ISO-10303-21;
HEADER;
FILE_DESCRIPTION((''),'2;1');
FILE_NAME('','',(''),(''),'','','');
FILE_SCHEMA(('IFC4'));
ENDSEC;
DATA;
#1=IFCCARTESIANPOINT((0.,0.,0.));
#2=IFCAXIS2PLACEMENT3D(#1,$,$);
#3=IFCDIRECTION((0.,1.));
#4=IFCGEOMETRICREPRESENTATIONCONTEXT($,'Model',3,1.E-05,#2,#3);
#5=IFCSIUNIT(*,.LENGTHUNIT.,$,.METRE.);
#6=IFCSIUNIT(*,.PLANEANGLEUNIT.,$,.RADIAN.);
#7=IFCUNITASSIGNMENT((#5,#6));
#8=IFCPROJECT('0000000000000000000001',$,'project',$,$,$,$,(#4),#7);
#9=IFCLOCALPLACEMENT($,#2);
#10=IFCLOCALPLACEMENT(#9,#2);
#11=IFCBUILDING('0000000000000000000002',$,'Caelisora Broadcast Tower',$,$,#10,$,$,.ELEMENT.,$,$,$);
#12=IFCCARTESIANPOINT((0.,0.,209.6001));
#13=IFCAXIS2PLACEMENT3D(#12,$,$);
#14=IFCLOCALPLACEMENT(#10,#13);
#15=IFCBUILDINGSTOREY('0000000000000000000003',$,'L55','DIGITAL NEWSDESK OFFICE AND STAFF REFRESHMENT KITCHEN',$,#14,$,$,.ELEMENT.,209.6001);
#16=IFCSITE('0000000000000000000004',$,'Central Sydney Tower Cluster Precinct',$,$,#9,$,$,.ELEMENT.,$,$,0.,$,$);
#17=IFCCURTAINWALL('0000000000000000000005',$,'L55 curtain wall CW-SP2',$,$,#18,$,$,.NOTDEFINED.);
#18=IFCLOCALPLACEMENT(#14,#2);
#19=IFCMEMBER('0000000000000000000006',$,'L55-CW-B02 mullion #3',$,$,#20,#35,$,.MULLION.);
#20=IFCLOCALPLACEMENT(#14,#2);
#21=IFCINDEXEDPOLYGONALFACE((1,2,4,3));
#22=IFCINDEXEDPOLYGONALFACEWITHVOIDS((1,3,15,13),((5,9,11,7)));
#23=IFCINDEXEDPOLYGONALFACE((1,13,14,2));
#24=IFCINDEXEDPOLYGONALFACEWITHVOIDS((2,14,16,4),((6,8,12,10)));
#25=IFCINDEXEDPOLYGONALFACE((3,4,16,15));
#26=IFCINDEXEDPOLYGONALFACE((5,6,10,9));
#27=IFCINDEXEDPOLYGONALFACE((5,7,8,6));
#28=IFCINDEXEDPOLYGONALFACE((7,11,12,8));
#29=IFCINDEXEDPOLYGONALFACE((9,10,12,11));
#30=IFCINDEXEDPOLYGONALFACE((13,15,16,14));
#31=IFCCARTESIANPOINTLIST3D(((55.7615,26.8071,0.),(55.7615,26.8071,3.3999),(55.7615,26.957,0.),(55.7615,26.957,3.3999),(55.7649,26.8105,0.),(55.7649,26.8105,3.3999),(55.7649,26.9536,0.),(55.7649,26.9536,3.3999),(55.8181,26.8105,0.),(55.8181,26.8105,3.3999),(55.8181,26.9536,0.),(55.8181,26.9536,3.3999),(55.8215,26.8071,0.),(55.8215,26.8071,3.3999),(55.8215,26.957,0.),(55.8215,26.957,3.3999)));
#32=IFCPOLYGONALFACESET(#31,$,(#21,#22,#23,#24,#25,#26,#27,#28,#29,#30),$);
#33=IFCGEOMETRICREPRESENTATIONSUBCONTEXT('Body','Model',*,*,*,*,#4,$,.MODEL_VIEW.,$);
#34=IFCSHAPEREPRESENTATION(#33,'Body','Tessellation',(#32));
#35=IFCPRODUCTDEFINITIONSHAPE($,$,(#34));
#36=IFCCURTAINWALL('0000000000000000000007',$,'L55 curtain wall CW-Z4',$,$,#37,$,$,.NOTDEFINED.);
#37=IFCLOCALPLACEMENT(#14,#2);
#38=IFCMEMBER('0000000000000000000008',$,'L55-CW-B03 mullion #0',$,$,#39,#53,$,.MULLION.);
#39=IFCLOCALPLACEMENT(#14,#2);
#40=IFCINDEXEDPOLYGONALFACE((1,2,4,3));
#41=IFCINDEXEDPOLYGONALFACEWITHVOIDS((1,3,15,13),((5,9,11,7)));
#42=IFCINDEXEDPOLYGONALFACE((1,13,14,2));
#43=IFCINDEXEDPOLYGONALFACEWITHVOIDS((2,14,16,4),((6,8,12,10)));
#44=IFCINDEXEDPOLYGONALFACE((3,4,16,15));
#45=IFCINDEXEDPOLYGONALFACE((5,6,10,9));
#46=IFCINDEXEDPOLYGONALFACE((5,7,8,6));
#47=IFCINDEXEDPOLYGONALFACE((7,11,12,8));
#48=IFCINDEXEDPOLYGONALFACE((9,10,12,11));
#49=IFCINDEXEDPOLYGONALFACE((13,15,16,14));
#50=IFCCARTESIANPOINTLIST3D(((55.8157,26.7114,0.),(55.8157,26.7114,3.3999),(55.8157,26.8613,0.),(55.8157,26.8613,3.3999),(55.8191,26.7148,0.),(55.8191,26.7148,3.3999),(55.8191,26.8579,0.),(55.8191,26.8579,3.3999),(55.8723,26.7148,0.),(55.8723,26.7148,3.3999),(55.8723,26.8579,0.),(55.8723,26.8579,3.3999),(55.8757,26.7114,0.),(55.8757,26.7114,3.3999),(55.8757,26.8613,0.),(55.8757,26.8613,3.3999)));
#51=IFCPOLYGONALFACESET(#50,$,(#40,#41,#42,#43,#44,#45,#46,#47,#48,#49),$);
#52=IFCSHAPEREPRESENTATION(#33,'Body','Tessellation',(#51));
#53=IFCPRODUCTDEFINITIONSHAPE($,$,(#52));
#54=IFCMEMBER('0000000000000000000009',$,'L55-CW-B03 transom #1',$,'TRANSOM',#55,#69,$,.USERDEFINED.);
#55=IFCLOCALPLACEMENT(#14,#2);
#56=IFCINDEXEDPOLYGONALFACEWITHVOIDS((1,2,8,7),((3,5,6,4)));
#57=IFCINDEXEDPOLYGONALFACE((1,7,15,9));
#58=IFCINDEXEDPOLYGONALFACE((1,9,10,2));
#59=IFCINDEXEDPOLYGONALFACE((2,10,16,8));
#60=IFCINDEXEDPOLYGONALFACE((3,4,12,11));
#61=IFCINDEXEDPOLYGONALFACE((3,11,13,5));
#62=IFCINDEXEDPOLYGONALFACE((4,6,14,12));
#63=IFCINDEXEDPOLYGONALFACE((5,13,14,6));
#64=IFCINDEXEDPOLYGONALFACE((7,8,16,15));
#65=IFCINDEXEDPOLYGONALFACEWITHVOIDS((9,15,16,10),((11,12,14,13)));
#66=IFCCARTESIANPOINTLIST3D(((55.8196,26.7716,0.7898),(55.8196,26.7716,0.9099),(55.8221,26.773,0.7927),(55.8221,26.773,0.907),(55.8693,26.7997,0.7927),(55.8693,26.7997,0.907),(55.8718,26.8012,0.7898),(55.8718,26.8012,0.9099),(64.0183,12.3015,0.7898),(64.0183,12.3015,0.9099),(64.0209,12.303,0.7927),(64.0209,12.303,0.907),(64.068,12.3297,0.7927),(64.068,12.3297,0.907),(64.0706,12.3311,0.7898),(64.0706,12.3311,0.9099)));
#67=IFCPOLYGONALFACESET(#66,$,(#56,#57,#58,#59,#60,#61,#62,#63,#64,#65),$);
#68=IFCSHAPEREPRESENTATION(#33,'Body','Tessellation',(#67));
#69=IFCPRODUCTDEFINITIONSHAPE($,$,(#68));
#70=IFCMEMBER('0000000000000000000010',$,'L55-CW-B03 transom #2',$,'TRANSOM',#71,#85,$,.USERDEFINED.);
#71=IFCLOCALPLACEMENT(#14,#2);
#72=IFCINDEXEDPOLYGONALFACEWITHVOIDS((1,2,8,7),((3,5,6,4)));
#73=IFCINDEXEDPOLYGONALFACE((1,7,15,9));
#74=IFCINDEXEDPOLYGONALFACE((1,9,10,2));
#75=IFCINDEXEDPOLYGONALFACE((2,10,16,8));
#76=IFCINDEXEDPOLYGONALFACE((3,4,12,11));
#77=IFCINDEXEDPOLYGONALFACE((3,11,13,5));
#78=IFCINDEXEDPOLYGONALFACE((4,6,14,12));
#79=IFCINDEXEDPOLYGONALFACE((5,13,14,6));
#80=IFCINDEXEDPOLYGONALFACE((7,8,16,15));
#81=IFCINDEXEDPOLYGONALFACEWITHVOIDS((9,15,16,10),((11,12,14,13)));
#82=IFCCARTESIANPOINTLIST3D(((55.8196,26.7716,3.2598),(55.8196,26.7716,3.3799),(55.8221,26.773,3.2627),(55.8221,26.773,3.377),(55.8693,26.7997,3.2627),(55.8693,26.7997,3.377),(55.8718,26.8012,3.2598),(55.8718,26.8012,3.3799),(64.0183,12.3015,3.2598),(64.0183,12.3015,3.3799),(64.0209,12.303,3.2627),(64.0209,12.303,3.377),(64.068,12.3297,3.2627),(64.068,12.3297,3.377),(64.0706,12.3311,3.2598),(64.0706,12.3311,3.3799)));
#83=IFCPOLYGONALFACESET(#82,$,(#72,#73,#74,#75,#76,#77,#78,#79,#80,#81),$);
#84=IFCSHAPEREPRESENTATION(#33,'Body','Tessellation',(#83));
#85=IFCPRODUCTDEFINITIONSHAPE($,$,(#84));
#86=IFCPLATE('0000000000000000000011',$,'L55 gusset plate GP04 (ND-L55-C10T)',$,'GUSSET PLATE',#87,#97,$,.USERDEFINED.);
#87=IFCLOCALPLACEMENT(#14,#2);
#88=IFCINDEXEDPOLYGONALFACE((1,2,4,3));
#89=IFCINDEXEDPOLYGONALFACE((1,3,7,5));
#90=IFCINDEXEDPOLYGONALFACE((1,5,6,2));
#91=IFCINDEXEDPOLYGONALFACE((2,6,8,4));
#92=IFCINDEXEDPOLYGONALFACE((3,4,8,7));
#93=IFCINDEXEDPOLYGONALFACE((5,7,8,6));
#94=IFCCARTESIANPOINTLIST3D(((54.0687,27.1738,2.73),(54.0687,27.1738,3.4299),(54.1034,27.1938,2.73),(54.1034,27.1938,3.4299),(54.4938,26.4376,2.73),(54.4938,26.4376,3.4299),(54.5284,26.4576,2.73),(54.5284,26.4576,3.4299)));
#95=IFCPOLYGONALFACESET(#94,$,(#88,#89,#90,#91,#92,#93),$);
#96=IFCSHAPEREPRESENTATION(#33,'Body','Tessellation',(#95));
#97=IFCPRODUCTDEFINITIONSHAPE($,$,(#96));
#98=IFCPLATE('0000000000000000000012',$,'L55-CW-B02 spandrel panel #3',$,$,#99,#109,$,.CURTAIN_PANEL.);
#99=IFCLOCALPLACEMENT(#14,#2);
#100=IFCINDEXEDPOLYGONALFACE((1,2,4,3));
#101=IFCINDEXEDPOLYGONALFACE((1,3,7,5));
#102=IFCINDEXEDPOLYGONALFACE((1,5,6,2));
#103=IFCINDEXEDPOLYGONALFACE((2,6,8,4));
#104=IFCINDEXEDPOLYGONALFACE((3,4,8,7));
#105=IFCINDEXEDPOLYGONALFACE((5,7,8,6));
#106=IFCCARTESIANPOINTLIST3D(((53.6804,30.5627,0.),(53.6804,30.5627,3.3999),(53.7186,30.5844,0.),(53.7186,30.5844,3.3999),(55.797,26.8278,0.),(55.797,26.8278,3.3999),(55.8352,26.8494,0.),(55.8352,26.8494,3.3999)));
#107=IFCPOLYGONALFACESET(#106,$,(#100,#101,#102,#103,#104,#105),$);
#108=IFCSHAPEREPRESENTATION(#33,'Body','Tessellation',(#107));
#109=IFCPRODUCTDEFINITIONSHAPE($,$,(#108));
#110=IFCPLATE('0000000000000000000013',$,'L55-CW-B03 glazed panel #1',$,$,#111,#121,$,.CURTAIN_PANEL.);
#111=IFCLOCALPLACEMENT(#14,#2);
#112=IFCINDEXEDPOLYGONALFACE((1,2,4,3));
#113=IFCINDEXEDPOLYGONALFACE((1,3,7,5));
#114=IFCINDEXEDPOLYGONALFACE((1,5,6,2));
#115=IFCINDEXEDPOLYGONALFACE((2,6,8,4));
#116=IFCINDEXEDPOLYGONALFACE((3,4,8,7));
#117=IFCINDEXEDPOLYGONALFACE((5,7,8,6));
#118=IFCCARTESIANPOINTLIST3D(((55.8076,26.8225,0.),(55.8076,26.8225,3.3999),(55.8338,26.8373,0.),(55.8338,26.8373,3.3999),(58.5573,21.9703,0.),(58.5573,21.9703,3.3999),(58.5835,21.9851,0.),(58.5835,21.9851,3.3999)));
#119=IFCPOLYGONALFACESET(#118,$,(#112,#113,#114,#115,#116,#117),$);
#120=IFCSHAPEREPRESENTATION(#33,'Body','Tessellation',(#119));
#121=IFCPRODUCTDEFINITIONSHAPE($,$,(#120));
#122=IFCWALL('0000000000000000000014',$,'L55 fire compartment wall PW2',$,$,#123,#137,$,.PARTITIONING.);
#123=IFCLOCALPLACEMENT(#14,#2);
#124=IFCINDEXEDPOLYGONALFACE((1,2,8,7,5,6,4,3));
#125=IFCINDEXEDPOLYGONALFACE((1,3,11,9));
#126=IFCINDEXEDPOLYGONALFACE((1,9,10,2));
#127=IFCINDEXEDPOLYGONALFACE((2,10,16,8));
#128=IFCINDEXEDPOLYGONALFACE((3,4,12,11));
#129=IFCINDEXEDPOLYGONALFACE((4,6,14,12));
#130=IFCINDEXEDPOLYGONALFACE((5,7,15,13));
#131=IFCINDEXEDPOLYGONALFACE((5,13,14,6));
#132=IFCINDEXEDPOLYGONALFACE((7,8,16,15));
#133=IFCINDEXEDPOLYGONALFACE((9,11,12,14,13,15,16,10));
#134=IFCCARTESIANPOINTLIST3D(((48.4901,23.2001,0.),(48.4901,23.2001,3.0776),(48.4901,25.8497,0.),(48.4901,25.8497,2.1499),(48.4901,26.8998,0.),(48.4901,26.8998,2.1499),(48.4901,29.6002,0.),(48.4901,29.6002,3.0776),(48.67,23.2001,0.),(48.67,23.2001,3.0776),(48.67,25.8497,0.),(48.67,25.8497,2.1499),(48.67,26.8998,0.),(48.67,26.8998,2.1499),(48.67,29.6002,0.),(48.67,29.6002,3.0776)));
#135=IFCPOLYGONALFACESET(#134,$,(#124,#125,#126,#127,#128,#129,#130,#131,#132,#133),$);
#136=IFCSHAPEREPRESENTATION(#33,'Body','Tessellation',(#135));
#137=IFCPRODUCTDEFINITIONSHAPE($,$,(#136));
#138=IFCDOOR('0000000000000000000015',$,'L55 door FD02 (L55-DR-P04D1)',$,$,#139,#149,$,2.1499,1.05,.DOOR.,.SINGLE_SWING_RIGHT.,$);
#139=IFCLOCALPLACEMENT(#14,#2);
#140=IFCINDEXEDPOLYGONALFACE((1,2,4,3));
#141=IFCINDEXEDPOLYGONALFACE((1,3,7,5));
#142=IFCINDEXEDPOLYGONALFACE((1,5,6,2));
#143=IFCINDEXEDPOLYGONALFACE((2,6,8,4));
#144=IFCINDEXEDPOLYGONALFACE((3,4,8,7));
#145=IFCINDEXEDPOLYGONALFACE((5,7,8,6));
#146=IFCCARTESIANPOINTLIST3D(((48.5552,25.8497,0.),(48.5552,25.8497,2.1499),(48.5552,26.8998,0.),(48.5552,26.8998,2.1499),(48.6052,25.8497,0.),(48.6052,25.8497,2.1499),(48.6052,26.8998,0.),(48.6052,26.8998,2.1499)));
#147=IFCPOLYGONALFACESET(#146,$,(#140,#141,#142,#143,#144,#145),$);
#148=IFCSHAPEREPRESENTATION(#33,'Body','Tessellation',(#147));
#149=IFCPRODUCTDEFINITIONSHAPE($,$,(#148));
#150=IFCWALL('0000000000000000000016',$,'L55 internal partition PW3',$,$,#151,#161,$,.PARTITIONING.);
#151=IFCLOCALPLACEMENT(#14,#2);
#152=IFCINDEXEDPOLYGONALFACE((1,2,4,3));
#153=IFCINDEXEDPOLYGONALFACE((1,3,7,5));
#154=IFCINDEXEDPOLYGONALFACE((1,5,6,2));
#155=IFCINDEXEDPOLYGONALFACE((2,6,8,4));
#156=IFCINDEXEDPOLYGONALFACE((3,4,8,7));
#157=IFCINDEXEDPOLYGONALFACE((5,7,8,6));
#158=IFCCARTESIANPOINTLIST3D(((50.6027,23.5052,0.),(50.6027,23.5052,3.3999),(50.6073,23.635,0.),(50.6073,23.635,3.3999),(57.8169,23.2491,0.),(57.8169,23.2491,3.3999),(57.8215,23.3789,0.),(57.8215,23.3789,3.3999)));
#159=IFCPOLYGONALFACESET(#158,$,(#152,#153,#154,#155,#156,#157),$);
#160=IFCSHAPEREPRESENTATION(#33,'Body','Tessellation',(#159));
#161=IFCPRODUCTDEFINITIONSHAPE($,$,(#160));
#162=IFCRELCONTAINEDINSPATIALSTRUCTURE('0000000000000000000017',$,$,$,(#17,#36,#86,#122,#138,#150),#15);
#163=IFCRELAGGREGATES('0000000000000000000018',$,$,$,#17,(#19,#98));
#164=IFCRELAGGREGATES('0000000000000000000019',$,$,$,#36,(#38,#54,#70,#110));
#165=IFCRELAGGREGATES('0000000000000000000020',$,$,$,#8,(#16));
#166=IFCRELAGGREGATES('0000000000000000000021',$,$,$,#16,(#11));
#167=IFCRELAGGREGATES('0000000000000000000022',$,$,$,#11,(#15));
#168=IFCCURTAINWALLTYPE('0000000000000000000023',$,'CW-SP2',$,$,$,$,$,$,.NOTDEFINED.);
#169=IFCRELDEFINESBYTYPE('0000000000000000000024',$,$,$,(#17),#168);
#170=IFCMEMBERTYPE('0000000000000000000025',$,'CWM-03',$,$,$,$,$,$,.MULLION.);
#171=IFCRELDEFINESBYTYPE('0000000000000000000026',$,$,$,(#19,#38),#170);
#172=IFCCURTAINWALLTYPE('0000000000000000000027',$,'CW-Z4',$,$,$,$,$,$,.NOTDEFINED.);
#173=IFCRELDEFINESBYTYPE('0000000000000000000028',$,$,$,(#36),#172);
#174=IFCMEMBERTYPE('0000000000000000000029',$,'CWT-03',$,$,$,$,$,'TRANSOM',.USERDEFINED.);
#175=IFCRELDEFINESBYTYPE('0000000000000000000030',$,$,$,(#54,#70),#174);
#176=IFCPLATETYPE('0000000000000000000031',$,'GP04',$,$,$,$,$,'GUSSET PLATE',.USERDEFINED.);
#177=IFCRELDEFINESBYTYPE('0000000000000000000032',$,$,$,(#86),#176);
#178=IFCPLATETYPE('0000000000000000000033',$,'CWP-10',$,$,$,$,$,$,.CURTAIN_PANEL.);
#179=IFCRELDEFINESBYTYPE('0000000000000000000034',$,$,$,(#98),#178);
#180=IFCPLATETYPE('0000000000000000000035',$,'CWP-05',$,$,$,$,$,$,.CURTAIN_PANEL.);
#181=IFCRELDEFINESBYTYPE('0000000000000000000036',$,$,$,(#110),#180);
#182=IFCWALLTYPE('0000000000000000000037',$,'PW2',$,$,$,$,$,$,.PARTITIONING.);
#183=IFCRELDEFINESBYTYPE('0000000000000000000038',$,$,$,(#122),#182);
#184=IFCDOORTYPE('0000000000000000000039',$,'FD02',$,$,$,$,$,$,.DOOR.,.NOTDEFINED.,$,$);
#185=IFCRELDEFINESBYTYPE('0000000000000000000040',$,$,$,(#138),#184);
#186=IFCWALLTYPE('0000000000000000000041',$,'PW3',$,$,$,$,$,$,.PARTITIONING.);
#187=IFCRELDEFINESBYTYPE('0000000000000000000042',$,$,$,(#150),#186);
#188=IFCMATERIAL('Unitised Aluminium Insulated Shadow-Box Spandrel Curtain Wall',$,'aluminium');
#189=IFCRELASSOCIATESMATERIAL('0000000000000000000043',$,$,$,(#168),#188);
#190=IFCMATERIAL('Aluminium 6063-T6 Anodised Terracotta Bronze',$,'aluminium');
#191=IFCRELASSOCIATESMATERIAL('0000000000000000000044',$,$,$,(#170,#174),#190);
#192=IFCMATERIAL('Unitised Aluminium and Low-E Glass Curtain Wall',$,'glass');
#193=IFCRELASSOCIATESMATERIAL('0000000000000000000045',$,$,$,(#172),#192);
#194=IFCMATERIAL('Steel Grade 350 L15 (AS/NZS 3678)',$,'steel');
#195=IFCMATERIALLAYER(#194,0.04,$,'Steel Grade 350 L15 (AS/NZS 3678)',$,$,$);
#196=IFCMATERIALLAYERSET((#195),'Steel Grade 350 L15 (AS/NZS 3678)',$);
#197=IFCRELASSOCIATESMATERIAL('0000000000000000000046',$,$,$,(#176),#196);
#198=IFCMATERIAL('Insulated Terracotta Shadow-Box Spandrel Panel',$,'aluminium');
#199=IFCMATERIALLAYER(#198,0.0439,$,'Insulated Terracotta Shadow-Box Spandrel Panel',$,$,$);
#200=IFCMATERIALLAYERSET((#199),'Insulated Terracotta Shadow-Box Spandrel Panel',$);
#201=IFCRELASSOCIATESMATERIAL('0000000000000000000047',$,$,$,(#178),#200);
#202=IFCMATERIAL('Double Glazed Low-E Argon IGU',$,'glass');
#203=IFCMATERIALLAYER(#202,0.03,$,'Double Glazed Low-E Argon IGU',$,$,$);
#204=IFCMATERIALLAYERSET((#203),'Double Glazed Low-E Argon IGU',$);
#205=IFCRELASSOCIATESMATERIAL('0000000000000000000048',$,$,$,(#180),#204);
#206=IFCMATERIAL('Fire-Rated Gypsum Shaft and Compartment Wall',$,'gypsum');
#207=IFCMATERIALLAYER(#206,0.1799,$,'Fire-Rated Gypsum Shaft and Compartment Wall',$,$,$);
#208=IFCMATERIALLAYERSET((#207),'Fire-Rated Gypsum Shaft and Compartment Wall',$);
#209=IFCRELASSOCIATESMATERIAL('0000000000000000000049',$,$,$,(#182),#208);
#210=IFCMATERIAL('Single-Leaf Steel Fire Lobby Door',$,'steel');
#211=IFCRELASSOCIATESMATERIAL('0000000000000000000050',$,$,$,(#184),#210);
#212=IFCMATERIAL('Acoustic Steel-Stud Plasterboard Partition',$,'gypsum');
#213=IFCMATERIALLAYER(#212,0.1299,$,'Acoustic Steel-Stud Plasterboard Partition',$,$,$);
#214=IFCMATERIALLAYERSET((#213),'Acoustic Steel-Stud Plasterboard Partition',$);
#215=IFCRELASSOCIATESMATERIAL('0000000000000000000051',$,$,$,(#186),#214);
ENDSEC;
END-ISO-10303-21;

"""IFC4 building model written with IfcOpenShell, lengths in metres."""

from ifc_helpers import new_model, si_unit, direction, frame, frame_2d, origin, origin_2d, place, context, subcontext, project, spatial, rectangle, hollow_rectangle, extrude, source, transform, mapped, material, layer, layer_set, material_profile, profile_set, type_object, type_shapes, element, fill, aggregate, save


model = new_model("IFC4")

# Units and contexts
model_context = context("Model", 3, precision=1e-05, world=origin(), true_north=direction((0.0, 1.0)))
body_context = subcontext(model_context, "Body", "Model", "MODEL_VIEW")
ifc_project = project(units=[si_unit("LENGTHUNIT", "METRE"), si_unit("PLANEANGLEUNIT", "RADIAN")], contexts=[model_context])

# Site, building, storey
site_placement = place(None, origin())
site = spatial("IfcSite", under=ifc_project, at=site_placement, Name="Central Sydney Tower Cluster Precinct", CompositionType="ELEMENT", RefElevation=0.0)
building_placement = place(site_placement, origin())
building = spatial("IfcBuilding", under=site, at=building_placement, Name="Caelisora Broadcast Tower", CompositionType="ELEMENT")
storey_placement = place(building_placement, frame((0.0, 0.0, 209.6001)))
storey = spatial("IfcBuildingStorey", under=building, at=storey_placement, Name="L55", Description="DIGITAL NEWSDESK OFFICE AND STAFF REFRESHMENT KITCHEN", CompositionType="ELEMENT", Elevation=209.6001)

# Shared definitions
ifc_material_1 = material(Name="Steel Grade 350 L15 (AS/NZS 3678)", Category="steel")

# Curtain walls, members
ifc_material_2 = material(Name="Unitised Aluminium Insulated Shadow-Box Spandrel Curtain Wall", Category="aluminium")
curtain_wall_type_1 = type_object("IfcCurtainWallType", Name="CW-SP2", PredefinedType="NOTDEFINED", material=ifc_material_2)
curtain_wall_1_placement = place(storey_placement, origin())
curtain_wall_1 = element("IfcCurtainWall", 1, at=curtain_wall_1_placement, inside=storey, type_object=curtain_wall_type_1, Name="L55 curtain wall CW-SP2", PredefinedType="NOTDEFINED")
ifc_material_3 = material(Name="Aluminium 6063-T6 Anodised Terracotta Bronze", Category="aluminium")
ifc_material_profile_1 = material_profile(ifc_material_3, hollow_rectangle(XDim=0.0601, YDim=0.1499, WallThickness=0.0034, at=origin_2d()), Name="Aluminium 6063-T6 Anodised Terracotta Bronze")
ifc_profile_set_1 = profile_set([ifc_material_profile_1], Name="Aluminium 6063-T6 Anodised Terracotta Bronze")
member_type_1 = type_object("IfcMemberType", Name="CWM-03", PredefinedType="MULLION", material=ifc_profile_set_1)
shared_shape_1 = source(origin(), body_context, "Body", "SweptSolid", [
    extrude(hollow_rectangle(XDim=0.0601, YDim=0.1499, WallThickness=0.0034, at=origin_2d()), origin(), (0.0, 0.0, 1.0), 3.3999),
])
type_shapes(member_type_1, [shared_shape_1])
member_1_placement = place(storey_placement, frame((55.7915, 26.8821, 0.0), z_axis=(0.0, 0.0, 1.0), x_axis=(1.0, 0.0, 0.0)))
member_1 = element("IfcMember", 2, at=member_1_placement, type_object=member_type_1, Name="L55-CW-B02 mullion #3", PredefinedType="MULLION", context=body_context, shape_type="MappedRepresentation", body=[
    mapped(shared_shape_1, transform((0.0, 0.0, 0.0), scale=1.0)),
])
ifc_material_4 = material(Name="Unitised Aluminium and Low-E Glass Curtain Wall", Category="glass")
curtain_wall_type_2 = type_object("IfcCurtainWallType", Name="CW-Z4", PredefinedType="NOTDEFINED", material=ifc_material_4)
curtain_wall_2_placement = place(storey_placement, origin())
curtain_wall_2 = element("IfcCurtainWall", 3, at=curtain_wall_2_placement, inside=storey, type_object=curtain_wall_type_2, Name="L55 curtain wall CW-Z4", PredefinedType="NOTDEFINED")
member_2_placement = place(storey_placement, frame((55.8457, 26.7864, 0.0), z_axis=(0.0, 0.0, 1.0), x_axis=(1.0, 0.0, 0.0)))
member_2 = element("IfcMember", 4, at=member_2_placement, type_object=member_type_1, Name="L55-CW-B03 mullion #0", PredefinedType="MULLION", context=body_context, shape_type="MappedRepresentation", body=[
    mapped(shared_shape_1, transform((0.0, 0.0, 0.0), scale=1.0)),
])
ifc_material_profile_2 = material_profile(ifc_material_3, hollow_rectangle(XDim=0.0601, YDim=0.1201, WallThickness=0.0029, at=origin_2d()), Name="Aluminium 6063-T6 Anodised Terracotta Bronze")
ifc_profile_set_2 = profile_set([ifc_material_profile_2], Name="Aluminium 6063-T6 Anodised Terracotta Bronze")
member_type_2 = type_object("IfcMemberType", Name="CWT-03", ElementType="TRANSOM", PredefinedType="USERDEFINED", material=ifc_profile_set_2)
shared_shape_2 = source(origin(), body_context, "Body", "SweptSolid", [
    extrude(hollow_rectangle(XDim=0.0601, YDim=0.1201, WallThickness=0.0029, at=origin_2d()), origin(), (0.0, 0.0, 1.0), 16.6313),
])
type_shapes(member_type_2, [shared_shape_2])
member_3_placement = place(storey_placement, frame((55.8457, 26.7864, 0.8499), z_axis=(0.492971, -0.870046, 0.0), x_axis=(0.870046, 0.492971, 0.0)))
member_3 = element("IfcMember", 5, at=member_3_placement, type_object=member_type_2, Name="L55-CW-B03 transom #1", ObjectType="TRANSOM", PredefinedType="USERDEFINED", context=body_context, shape_type="MappedRepresentation", body=[
    mapped(shared_shape_2, transform((0.0, 0.0, 0.0), scale=1.0)),
])
member_4_placement = place(storey_placement, frame((55.8457, 26.7864, 3.3198), z_axis=(0.492971, -0.870046, 0.0), x_axis=(0.870046, 0.492971, 0.0)))
member_4 = element("IfcMember", 6, at=member_4_placement, type_object=member_type_2, Name="L55-CW-B03 transom #2", ObjectType="TRANSOM", PredefinedType="USERDEFINED", context=body_context, shape_type="MappedRepresentation", body=[
    mapped(shared_shape_2, transform((0.0, 0.0, 0.0), scale=1.0)),
])

# Plates
ifc_layer_1 = layer(ifc_material_1, 0.04, Name="Steel Grade 350 L15 (AS/NZS 3678)")
ifc_layer_set_1 = layer_set([ifc_layer_1], Name="Steel Grade 350 L15 (AS/NZS 3678)")
plate_type_1 = type_object("IfcPlateType", Name="GP04", ElementType="GUSSET PLATE", PredefinedType="USERDEFINED", material=ifc_layer_set_1)
shared_shape_3 = source(origin(), body_context, "Body", "SweptSolid", [
    extrude(rectangle(XDim=0.8501, YDim=0.04, at=origin_2d()), origin(), (0.0, 0.0, 1.0), 0.7),
])
type_shapes(plate_type_1, [shared_shape_3])
plate_1_placement = place(storey_placement, frame((54.2986, 26.8157, 2.73), z_axis=(0.0, 0.0, 1.0), x_axis=(-0.5, 0.866025, 0.0)))
element("IfcPlate", 7, at=plate_1_placement, inside=storey, type_object=plate_type_1, Name="L55 gusset plate GP04 (ND-L55-C10T)", ObjectType="GUSSET PLATE", PredefinedType="USERDEFINED", context=body_context, shape_type="MappedRepresentation", body=[
    mapped(shared_shape_3, transform((0.0, 0.0, 0.0), scale=1.0)),
])
ifc_material_5 = material(Name="Insulated Terracotta Shadow-Box Spandrel Panel", Category="aluminium")
ifc_layer_2 = layer(ifc_material_5, 0.0439, Name="Insulated Terracotta Shadow-Box Spandrel Panel")
ifc_layer_set_2 = layer_set([ifc_layer_2], Name="Insulated Terracotta Shadow-Box Spandrel Panel")
plate_type_2 = type_object("IfcPlateType", Name="CWP-10", PredefinedType="CURTAIN_PANEL", material=ifc_layer_set_2)
shared_shape_4 = source(origin(), body_context, "Body", "SweptSolid", [
    extrude(rectangle(XDim=4.293, YDim=0.0439, at=origin_2d()), origin(), (0.0, 0.0, 1.0), 3.3999),
])
type_shapes(plate_type_2, [shared_shape_4])
plate_2_placement = place(storey_placement, frame((54.7578, 28.7061, 0.0), z_axis=(0.0, 0.0, 1.0), x_axis=(0.493031, -0.870012, 0.0)))
plate_2 = element("IfcPlate", 8, at=plate_2_placement, type_object=plate_type_2, Name="L55-CW-B02 spandrel panel #3", PredefinedType="CURTAIN_PANEL", context=body_context, shape_type="MappedRepresentation", body=[
    mapped(shared_shape_4, transform((0.0, 0.0, 0.0), scale=1.0)),
])
aggregate(curtain_wall_1, [member_1, plate_2])
ifc_material_6 = material(Name="Double Glazed Low-E Argon IGU", Category="glass")
ifc_layer_3 = layer(ifc_material_6, 0.03, Name="Double Glazed Low-E Argon IGU")
ifc_layer_set_3 = layer_set([ifc_layer_3], Name="Double Glazed Low-E Argon IGU")
plate_type_3 = type_object("IfcPlateType", Name="CWP-05", PredefinedType="CURTAIN_PANEL", material=ifc_layer_set_3)
shared_shape_5 = source(origin(), body_context, "Body", "SweptSolid", [
    extrude(rectangle(XDim=5.5771, YDim=0.03, at=origin_2d()), origin(), (0.0, 0.0, 1.0), 3.3999),
])
type_shapes(plate_type_3, [shared_shape_5])
plate_3_placement = place(storey_placement, frame((57.1956, 24.4038, 0.0), z_axis=(0.0, 0.0, 1.0), x_axis=(0.493031, -0.870012, 0.0)))
plate_3 = element("IfcPlate", 9, at=plate_3_placement, type_object=plate_type_3, Name="L55-CW-B03 glazed panel #1", PredefinedType="CURTAIN_PANEL", context=body_context, shape_type="MappedRepresentation", body=[
    mapped(shared_shape_5, transform((0.0, 0.0, 0.0), scale=1.0)),
])
aggregate(curtain_wall_2, [member_2, member_3, member_4, plate_3])

# Wall, opening, door
ifc_material_7 = material(Name="Fire-Rated Gypsum Shaft and Compartment Wall", Category="gypsum")
ifc_layer_4 = layer(ifc_material_7, 0.1799, Name="Fire-Rated Gypsum Shaft and Compartment Wall")
ifc_layer_set_4 = layer_set([ifc_layer_4], Name="Fire-Rated Gypsum Shaft and Compartment Wall")
wall_type_1 = type_object("IfcWallType", Name="PW2", PredefinedType="PARTITIONING", material=ifc_layer_set_4)
wall_1_placement = place(storey_placement, frame((48.5801, 23.2, 0.0), z_axis=(0.0, 0.0, 1.0), x_axis=(0.0, 1.0, 0.0)))
wall_1 = element("IfcWall", 10, at=wall_1_placement, inside=storey, type_object=wall_type_1, Name="L55 fire compartment wall PW2", PredefinedType="PARTITIONING", context=body_context, shape_type="SweptSolid", body=[
    extrude(rectangle(XDim=6.4001, YDim=0.1799, at=frame_2d((3.2002, 0.0))), origin(), (0.0, 0.0, 1.0), 3.0776),
])
opening_1_placement = place(wall_1_placement, frame((2.6499, 0.0, 0.0)))
opening_1 = element("IfcOpeningElement", 11, at=opening_1_placement, cuts=wall_1, PredefinedType="OPENING", context=body_context, shape_type="SweptSolid", body=[
    extrude(rectangle(XDim=1.05, YDim=2.1499, at=frame_2d((0.5249, 1.075))), frame((0.0, 0.1021, 0.0), z_axis=(0.0, -1.0, 0.0), x_axis=(1.0, 0.0, 0.0)), (0.0, 0.0, 1.0), 0.2039),
])
ifc_material_8 = material(Name="Single-Leaf Steel Fire Lobby Door", Category="steel")
door_type_1 = type_object("IfcDoorType", Name="FD02", OperationType="NOTDEFINED", PredefinedType="DOOR", material=ifc_material_8)
door_1_placement = place(opening_1_placement, origin())
door_1 = element("IfcDoor", 12, at=door_1_placement, inside=storey, type_object=door_type_1, Name="L55 door FD02 (L55-DR-P04D1)", OperationType="SINGLE_SWING_RIGHT", OverallHeight=2.1499, OverallWidth=1.05, PredefinedType="DOOR", context=body_context, shape_type="SweptSolid", body=[
    extrude(rectangle(XDim=1.05, YDim=2.1499, at=frame_2d((0.5249, 1.075))), frame((0.0, 0.0249, 0.0), z_axis=(0.0, -1.0, 0.0), x_axis=(1.0, 0.0, 0.0)), (0.0, 0.0, 1.0), 0.05),
])
fill(opening_1, door_1)

# Wall
ifc_material_9 = material(Name="Acoustic Steel-Stud Plasterboard Partition", Category="gypsum")
ifc_layer_5 = layer(ifc_material_9, 0.1299, Name="Acoustic Steel-Stud Plasterboard Partition")
ifc_layer_set_5 = layer_set([ifc_layer_5], Name="Acoustic Steel-Stud Plasterboard Partition")
wall_type_2 = type_object("IfcWallType", Name="PW3", PredefinedType="PARTITIONING", material=ifc_layer_set_5)
wall_2_placement = place(storey_placement, frame((50.605, 23.5701, 0.0), z_axis=(0.0, 0.0, 1.0), x_axis=(0.99937, -0.035478, 0.0)))
element("IfcWall", 13, at=wall_2_placement, inside=storey, type_object=wall_type_2, Name="L55 internal partition PW3", PredefinedType="PARTITIONING", context=body_context, shape_type="SweptSolid", body=[
    extrude(rectangle(XDim=7.2188, YDim=0.1299, at=frame_2d((3.6094, 0.0))), origin(), (0.0, 0.0, 1.0), 3.3999),
])

save(model, "model.ifc")
